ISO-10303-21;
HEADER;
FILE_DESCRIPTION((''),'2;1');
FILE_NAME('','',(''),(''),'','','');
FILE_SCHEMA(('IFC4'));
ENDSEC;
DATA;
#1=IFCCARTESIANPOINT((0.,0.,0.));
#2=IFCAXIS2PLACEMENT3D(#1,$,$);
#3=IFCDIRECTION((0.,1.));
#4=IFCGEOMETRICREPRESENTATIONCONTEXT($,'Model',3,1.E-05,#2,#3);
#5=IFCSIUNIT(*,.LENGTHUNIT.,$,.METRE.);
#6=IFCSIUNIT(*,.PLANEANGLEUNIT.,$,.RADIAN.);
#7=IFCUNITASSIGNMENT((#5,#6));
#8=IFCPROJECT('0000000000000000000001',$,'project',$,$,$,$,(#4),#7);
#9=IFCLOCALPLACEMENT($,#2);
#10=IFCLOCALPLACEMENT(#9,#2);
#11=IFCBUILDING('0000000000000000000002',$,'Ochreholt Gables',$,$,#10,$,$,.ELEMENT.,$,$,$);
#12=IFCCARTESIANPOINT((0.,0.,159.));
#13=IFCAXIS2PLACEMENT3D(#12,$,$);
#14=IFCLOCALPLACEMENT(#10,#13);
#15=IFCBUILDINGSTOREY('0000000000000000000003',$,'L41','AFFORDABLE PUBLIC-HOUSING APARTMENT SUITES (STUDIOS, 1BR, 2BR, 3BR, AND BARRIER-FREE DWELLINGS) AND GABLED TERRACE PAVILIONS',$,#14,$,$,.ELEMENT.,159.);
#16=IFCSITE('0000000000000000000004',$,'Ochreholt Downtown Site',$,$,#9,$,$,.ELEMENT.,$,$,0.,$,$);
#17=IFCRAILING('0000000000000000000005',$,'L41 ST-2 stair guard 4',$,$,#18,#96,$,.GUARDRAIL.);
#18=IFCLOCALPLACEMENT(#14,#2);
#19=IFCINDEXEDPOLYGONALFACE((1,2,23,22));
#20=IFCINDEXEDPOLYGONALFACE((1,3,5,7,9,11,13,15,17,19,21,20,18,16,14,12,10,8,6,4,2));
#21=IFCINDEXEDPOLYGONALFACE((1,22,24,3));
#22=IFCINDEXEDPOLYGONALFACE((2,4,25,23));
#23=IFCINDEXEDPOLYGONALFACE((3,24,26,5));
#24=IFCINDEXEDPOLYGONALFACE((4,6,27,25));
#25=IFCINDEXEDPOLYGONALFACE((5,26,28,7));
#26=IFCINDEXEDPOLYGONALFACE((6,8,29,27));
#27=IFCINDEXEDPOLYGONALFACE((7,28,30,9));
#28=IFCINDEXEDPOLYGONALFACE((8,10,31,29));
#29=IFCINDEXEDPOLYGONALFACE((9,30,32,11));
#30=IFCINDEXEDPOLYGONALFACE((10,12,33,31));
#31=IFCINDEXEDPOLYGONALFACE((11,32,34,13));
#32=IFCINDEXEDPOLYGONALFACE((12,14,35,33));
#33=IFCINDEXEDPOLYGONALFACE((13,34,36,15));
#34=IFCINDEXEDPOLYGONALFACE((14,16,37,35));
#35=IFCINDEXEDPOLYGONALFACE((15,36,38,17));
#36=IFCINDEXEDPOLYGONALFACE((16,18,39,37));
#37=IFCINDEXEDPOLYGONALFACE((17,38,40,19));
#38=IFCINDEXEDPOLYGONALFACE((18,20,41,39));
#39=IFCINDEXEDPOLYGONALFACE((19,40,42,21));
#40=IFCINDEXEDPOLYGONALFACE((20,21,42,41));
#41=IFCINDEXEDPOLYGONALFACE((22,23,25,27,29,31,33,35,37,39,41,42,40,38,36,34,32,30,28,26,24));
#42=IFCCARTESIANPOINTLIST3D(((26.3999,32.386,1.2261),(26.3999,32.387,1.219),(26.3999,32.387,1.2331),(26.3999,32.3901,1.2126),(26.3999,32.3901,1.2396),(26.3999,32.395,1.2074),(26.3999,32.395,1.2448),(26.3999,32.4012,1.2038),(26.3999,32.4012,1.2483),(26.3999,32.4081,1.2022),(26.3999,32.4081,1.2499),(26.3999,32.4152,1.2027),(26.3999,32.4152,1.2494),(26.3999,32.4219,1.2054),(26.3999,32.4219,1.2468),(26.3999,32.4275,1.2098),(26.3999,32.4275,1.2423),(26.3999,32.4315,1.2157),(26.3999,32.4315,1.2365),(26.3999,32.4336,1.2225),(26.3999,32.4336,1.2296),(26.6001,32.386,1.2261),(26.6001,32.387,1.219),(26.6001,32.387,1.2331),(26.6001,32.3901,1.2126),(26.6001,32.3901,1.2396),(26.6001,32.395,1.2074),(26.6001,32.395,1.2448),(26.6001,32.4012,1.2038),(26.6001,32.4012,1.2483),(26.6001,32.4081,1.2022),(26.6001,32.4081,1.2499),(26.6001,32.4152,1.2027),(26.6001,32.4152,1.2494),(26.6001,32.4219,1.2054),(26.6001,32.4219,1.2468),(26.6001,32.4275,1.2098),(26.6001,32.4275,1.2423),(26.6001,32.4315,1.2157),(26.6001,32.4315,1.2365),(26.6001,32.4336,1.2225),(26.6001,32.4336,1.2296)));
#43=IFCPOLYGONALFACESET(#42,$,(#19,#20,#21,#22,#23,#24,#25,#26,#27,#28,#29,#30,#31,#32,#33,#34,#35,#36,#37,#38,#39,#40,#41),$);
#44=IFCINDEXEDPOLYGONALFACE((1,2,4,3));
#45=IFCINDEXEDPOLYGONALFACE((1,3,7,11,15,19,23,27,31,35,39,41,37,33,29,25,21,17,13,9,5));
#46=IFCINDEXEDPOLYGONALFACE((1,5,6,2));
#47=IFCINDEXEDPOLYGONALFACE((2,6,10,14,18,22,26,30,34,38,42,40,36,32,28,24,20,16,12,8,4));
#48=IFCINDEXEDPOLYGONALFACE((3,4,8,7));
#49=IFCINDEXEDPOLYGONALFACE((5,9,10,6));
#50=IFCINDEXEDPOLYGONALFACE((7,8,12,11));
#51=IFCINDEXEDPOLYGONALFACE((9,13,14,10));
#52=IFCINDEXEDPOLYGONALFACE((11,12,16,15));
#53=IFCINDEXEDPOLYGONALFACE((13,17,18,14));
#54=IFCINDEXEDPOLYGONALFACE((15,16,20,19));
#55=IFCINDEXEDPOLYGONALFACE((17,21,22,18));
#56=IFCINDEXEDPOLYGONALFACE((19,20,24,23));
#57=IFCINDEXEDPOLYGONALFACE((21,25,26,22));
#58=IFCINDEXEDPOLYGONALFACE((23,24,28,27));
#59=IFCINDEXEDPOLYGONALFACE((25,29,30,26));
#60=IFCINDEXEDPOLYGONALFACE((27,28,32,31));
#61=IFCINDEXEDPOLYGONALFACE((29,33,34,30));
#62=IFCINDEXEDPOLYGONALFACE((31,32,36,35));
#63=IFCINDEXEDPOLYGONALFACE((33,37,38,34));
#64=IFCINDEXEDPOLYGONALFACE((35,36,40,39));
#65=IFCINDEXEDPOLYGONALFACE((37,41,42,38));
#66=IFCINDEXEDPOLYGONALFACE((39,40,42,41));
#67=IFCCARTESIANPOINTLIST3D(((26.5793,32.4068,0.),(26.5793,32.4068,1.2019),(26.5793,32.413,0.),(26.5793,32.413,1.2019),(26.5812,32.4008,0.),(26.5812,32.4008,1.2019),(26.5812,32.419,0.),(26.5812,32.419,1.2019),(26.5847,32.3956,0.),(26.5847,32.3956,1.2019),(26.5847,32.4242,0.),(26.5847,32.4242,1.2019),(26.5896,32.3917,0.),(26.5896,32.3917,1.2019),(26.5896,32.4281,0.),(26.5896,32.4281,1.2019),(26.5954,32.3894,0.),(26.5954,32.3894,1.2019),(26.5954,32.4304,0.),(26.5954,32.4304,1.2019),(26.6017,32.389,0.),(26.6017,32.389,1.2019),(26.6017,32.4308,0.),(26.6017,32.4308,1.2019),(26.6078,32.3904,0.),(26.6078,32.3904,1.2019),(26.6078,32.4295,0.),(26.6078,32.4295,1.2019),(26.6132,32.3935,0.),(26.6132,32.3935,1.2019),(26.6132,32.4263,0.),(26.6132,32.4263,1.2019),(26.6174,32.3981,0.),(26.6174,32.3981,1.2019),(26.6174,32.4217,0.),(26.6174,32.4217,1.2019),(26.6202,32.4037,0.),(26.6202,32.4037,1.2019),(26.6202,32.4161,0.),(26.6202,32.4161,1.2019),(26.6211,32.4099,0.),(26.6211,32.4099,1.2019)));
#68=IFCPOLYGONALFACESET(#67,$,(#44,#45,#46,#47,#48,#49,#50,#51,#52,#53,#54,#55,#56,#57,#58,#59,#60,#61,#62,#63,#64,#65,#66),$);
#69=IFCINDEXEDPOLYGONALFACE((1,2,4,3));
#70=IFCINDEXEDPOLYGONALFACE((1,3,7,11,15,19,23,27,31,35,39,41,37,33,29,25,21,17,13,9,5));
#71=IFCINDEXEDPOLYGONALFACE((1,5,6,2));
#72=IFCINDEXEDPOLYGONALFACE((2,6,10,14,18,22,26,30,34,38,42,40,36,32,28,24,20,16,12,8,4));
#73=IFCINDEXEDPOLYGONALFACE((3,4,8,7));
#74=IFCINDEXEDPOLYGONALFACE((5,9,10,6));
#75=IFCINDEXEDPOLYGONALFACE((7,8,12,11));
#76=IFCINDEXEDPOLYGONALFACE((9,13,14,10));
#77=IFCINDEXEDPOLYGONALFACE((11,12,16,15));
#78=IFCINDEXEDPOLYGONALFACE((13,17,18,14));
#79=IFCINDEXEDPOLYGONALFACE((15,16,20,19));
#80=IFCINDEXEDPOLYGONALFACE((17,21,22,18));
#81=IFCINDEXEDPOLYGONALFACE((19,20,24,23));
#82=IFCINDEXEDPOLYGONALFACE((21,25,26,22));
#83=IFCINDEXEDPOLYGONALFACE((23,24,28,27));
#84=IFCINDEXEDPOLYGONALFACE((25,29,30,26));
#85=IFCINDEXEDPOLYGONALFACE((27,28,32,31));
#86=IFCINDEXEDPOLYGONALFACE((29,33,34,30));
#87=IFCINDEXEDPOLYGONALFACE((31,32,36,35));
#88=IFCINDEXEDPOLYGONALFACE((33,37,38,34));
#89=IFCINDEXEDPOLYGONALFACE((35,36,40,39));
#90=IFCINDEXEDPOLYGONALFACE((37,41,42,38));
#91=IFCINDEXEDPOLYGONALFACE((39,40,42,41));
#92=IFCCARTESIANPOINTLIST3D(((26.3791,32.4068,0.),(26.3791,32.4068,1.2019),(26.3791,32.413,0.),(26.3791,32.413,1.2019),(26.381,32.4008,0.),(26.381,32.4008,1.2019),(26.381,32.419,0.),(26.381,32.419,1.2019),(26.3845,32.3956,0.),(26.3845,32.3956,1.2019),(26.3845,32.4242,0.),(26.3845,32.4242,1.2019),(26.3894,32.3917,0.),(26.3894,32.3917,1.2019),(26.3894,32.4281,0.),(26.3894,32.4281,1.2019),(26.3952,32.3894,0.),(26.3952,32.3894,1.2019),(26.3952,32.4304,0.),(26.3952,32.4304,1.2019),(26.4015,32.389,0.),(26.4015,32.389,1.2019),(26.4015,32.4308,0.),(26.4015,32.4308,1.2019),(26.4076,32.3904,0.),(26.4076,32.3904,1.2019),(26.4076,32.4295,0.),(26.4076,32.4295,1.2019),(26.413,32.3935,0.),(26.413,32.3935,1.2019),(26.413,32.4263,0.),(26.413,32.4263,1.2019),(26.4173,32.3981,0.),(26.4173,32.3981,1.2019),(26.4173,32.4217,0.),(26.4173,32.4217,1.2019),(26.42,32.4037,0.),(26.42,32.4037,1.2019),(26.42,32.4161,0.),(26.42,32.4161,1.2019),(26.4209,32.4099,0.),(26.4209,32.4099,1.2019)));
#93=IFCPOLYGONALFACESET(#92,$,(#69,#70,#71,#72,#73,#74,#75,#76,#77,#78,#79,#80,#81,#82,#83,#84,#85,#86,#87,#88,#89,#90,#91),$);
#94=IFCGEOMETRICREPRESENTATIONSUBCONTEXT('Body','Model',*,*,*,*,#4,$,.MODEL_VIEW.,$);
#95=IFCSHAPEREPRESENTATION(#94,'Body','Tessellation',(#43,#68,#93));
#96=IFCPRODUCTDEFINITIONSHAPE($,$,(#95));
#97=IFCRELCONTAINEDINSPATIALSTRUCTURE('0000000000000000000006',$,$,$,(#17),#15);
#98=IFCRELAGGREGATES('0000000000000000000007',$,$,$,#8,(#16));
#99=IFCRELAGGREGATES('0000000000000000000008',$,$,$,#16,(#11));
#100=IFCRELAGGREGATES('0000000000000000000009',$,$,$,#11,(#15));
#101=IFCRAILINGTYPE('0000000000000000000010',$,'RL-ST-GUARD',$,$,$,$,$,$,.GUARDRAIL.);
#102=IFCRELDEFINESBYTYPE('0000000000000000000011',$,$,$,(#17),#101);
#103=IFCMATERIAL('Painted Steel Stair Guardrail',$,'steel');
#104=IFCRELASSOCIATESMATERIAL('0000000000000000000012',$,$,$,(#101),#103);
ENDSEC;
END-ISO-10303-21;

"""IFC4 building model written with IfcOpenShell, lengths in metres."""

from ifc_helpers import new_model, si_unit, direction, frame, origin, origin_2d, place, context, subcontext, project, spatial, circle, extrude, material, type_object, element, save


model = new_model("IFC4")

# Units and contexts
model_context = context("Model", 3, precision=1e-05, world=origin(), true_north=direction((0.0, 1.0)))
body_context = subcontext(model_context, "Body", "Model", "MODEL_VIEW")
ifc_project = project(units=[si_unit("LENGTHUNIT", "METRE"), si_unit("PLANEANGLEUNIT", "RADIAN")], contexts=[model_context])

# Site, building, storey
site_placement = place(None, origin())
site = spatial("IfcSite", under=ifc_project, at=site_placement, Name="Ochreholt Downtown Site", CompositionType="ELEMENT", RefElevation=0.0)
building_placement = place(site_placement, origin())
building = spatial("IfcBuilding", under=site, at=building_placement, Name="Ochreholt Gables", CompositionType="ELEMENT")
storey_placement = place(building_placement, frame((0.0, 0.0, 159.0)))
storey = spatial("IfcBuildingStorey", under=building, at=storey_placement, Name="L41", Description="AFFORDABLE PUBLIC-HOUSING APARTMENT SUITES (STUDIOS, 1BR, 2BR, 3BR, AND BARRIER-FREE DWELLINGS) AND GABLED TERRACE PAVILIONS", CompositionType="ELEMENT", Elevation=159.0)

# Railing
ifc_material_1 = material(Name="Painted Steel Stair Guardrail", Category="steel")
railing_type = type_object("IfcRailingType", Name="RL-ST-GUARD", PredefinedType="GUARDRAIL", material=ifc_material_1)
railing_1_placement = place(storey_placement, frame((26.6001, 32.4099, 0.0)))
element("IfcRailing", 1, at=railing_1_placement, inside=storey, type_object=railing_type, Name="L41 ST-2 stair guard 4", PredefinedType="GUARDRAIL", context=body_context, shape_type="SweptSolid", body=[
    extrude(circle(Radius=0.0239, at=origin_2d()), frame((0.0, 0.0, 1.2261), z_axis=(-1.0, 0.0, 0.0), x_axis=(0.0, -1.0, 0.0)), (0.0, 0.0, 1.0), 0.2002),
    extrude(circle(Radius=0.021, at=origin_2d()), origin(), (0.0, 0.0, 1.0), 1.2019),
    extrude(circle(Radius=0.021, at=origin_2d()), frame((-0.2002, 0.0, 0.0)), (0.0, 0.0, 1.0), 1.2019),
])

save(model, "model.ifc")
